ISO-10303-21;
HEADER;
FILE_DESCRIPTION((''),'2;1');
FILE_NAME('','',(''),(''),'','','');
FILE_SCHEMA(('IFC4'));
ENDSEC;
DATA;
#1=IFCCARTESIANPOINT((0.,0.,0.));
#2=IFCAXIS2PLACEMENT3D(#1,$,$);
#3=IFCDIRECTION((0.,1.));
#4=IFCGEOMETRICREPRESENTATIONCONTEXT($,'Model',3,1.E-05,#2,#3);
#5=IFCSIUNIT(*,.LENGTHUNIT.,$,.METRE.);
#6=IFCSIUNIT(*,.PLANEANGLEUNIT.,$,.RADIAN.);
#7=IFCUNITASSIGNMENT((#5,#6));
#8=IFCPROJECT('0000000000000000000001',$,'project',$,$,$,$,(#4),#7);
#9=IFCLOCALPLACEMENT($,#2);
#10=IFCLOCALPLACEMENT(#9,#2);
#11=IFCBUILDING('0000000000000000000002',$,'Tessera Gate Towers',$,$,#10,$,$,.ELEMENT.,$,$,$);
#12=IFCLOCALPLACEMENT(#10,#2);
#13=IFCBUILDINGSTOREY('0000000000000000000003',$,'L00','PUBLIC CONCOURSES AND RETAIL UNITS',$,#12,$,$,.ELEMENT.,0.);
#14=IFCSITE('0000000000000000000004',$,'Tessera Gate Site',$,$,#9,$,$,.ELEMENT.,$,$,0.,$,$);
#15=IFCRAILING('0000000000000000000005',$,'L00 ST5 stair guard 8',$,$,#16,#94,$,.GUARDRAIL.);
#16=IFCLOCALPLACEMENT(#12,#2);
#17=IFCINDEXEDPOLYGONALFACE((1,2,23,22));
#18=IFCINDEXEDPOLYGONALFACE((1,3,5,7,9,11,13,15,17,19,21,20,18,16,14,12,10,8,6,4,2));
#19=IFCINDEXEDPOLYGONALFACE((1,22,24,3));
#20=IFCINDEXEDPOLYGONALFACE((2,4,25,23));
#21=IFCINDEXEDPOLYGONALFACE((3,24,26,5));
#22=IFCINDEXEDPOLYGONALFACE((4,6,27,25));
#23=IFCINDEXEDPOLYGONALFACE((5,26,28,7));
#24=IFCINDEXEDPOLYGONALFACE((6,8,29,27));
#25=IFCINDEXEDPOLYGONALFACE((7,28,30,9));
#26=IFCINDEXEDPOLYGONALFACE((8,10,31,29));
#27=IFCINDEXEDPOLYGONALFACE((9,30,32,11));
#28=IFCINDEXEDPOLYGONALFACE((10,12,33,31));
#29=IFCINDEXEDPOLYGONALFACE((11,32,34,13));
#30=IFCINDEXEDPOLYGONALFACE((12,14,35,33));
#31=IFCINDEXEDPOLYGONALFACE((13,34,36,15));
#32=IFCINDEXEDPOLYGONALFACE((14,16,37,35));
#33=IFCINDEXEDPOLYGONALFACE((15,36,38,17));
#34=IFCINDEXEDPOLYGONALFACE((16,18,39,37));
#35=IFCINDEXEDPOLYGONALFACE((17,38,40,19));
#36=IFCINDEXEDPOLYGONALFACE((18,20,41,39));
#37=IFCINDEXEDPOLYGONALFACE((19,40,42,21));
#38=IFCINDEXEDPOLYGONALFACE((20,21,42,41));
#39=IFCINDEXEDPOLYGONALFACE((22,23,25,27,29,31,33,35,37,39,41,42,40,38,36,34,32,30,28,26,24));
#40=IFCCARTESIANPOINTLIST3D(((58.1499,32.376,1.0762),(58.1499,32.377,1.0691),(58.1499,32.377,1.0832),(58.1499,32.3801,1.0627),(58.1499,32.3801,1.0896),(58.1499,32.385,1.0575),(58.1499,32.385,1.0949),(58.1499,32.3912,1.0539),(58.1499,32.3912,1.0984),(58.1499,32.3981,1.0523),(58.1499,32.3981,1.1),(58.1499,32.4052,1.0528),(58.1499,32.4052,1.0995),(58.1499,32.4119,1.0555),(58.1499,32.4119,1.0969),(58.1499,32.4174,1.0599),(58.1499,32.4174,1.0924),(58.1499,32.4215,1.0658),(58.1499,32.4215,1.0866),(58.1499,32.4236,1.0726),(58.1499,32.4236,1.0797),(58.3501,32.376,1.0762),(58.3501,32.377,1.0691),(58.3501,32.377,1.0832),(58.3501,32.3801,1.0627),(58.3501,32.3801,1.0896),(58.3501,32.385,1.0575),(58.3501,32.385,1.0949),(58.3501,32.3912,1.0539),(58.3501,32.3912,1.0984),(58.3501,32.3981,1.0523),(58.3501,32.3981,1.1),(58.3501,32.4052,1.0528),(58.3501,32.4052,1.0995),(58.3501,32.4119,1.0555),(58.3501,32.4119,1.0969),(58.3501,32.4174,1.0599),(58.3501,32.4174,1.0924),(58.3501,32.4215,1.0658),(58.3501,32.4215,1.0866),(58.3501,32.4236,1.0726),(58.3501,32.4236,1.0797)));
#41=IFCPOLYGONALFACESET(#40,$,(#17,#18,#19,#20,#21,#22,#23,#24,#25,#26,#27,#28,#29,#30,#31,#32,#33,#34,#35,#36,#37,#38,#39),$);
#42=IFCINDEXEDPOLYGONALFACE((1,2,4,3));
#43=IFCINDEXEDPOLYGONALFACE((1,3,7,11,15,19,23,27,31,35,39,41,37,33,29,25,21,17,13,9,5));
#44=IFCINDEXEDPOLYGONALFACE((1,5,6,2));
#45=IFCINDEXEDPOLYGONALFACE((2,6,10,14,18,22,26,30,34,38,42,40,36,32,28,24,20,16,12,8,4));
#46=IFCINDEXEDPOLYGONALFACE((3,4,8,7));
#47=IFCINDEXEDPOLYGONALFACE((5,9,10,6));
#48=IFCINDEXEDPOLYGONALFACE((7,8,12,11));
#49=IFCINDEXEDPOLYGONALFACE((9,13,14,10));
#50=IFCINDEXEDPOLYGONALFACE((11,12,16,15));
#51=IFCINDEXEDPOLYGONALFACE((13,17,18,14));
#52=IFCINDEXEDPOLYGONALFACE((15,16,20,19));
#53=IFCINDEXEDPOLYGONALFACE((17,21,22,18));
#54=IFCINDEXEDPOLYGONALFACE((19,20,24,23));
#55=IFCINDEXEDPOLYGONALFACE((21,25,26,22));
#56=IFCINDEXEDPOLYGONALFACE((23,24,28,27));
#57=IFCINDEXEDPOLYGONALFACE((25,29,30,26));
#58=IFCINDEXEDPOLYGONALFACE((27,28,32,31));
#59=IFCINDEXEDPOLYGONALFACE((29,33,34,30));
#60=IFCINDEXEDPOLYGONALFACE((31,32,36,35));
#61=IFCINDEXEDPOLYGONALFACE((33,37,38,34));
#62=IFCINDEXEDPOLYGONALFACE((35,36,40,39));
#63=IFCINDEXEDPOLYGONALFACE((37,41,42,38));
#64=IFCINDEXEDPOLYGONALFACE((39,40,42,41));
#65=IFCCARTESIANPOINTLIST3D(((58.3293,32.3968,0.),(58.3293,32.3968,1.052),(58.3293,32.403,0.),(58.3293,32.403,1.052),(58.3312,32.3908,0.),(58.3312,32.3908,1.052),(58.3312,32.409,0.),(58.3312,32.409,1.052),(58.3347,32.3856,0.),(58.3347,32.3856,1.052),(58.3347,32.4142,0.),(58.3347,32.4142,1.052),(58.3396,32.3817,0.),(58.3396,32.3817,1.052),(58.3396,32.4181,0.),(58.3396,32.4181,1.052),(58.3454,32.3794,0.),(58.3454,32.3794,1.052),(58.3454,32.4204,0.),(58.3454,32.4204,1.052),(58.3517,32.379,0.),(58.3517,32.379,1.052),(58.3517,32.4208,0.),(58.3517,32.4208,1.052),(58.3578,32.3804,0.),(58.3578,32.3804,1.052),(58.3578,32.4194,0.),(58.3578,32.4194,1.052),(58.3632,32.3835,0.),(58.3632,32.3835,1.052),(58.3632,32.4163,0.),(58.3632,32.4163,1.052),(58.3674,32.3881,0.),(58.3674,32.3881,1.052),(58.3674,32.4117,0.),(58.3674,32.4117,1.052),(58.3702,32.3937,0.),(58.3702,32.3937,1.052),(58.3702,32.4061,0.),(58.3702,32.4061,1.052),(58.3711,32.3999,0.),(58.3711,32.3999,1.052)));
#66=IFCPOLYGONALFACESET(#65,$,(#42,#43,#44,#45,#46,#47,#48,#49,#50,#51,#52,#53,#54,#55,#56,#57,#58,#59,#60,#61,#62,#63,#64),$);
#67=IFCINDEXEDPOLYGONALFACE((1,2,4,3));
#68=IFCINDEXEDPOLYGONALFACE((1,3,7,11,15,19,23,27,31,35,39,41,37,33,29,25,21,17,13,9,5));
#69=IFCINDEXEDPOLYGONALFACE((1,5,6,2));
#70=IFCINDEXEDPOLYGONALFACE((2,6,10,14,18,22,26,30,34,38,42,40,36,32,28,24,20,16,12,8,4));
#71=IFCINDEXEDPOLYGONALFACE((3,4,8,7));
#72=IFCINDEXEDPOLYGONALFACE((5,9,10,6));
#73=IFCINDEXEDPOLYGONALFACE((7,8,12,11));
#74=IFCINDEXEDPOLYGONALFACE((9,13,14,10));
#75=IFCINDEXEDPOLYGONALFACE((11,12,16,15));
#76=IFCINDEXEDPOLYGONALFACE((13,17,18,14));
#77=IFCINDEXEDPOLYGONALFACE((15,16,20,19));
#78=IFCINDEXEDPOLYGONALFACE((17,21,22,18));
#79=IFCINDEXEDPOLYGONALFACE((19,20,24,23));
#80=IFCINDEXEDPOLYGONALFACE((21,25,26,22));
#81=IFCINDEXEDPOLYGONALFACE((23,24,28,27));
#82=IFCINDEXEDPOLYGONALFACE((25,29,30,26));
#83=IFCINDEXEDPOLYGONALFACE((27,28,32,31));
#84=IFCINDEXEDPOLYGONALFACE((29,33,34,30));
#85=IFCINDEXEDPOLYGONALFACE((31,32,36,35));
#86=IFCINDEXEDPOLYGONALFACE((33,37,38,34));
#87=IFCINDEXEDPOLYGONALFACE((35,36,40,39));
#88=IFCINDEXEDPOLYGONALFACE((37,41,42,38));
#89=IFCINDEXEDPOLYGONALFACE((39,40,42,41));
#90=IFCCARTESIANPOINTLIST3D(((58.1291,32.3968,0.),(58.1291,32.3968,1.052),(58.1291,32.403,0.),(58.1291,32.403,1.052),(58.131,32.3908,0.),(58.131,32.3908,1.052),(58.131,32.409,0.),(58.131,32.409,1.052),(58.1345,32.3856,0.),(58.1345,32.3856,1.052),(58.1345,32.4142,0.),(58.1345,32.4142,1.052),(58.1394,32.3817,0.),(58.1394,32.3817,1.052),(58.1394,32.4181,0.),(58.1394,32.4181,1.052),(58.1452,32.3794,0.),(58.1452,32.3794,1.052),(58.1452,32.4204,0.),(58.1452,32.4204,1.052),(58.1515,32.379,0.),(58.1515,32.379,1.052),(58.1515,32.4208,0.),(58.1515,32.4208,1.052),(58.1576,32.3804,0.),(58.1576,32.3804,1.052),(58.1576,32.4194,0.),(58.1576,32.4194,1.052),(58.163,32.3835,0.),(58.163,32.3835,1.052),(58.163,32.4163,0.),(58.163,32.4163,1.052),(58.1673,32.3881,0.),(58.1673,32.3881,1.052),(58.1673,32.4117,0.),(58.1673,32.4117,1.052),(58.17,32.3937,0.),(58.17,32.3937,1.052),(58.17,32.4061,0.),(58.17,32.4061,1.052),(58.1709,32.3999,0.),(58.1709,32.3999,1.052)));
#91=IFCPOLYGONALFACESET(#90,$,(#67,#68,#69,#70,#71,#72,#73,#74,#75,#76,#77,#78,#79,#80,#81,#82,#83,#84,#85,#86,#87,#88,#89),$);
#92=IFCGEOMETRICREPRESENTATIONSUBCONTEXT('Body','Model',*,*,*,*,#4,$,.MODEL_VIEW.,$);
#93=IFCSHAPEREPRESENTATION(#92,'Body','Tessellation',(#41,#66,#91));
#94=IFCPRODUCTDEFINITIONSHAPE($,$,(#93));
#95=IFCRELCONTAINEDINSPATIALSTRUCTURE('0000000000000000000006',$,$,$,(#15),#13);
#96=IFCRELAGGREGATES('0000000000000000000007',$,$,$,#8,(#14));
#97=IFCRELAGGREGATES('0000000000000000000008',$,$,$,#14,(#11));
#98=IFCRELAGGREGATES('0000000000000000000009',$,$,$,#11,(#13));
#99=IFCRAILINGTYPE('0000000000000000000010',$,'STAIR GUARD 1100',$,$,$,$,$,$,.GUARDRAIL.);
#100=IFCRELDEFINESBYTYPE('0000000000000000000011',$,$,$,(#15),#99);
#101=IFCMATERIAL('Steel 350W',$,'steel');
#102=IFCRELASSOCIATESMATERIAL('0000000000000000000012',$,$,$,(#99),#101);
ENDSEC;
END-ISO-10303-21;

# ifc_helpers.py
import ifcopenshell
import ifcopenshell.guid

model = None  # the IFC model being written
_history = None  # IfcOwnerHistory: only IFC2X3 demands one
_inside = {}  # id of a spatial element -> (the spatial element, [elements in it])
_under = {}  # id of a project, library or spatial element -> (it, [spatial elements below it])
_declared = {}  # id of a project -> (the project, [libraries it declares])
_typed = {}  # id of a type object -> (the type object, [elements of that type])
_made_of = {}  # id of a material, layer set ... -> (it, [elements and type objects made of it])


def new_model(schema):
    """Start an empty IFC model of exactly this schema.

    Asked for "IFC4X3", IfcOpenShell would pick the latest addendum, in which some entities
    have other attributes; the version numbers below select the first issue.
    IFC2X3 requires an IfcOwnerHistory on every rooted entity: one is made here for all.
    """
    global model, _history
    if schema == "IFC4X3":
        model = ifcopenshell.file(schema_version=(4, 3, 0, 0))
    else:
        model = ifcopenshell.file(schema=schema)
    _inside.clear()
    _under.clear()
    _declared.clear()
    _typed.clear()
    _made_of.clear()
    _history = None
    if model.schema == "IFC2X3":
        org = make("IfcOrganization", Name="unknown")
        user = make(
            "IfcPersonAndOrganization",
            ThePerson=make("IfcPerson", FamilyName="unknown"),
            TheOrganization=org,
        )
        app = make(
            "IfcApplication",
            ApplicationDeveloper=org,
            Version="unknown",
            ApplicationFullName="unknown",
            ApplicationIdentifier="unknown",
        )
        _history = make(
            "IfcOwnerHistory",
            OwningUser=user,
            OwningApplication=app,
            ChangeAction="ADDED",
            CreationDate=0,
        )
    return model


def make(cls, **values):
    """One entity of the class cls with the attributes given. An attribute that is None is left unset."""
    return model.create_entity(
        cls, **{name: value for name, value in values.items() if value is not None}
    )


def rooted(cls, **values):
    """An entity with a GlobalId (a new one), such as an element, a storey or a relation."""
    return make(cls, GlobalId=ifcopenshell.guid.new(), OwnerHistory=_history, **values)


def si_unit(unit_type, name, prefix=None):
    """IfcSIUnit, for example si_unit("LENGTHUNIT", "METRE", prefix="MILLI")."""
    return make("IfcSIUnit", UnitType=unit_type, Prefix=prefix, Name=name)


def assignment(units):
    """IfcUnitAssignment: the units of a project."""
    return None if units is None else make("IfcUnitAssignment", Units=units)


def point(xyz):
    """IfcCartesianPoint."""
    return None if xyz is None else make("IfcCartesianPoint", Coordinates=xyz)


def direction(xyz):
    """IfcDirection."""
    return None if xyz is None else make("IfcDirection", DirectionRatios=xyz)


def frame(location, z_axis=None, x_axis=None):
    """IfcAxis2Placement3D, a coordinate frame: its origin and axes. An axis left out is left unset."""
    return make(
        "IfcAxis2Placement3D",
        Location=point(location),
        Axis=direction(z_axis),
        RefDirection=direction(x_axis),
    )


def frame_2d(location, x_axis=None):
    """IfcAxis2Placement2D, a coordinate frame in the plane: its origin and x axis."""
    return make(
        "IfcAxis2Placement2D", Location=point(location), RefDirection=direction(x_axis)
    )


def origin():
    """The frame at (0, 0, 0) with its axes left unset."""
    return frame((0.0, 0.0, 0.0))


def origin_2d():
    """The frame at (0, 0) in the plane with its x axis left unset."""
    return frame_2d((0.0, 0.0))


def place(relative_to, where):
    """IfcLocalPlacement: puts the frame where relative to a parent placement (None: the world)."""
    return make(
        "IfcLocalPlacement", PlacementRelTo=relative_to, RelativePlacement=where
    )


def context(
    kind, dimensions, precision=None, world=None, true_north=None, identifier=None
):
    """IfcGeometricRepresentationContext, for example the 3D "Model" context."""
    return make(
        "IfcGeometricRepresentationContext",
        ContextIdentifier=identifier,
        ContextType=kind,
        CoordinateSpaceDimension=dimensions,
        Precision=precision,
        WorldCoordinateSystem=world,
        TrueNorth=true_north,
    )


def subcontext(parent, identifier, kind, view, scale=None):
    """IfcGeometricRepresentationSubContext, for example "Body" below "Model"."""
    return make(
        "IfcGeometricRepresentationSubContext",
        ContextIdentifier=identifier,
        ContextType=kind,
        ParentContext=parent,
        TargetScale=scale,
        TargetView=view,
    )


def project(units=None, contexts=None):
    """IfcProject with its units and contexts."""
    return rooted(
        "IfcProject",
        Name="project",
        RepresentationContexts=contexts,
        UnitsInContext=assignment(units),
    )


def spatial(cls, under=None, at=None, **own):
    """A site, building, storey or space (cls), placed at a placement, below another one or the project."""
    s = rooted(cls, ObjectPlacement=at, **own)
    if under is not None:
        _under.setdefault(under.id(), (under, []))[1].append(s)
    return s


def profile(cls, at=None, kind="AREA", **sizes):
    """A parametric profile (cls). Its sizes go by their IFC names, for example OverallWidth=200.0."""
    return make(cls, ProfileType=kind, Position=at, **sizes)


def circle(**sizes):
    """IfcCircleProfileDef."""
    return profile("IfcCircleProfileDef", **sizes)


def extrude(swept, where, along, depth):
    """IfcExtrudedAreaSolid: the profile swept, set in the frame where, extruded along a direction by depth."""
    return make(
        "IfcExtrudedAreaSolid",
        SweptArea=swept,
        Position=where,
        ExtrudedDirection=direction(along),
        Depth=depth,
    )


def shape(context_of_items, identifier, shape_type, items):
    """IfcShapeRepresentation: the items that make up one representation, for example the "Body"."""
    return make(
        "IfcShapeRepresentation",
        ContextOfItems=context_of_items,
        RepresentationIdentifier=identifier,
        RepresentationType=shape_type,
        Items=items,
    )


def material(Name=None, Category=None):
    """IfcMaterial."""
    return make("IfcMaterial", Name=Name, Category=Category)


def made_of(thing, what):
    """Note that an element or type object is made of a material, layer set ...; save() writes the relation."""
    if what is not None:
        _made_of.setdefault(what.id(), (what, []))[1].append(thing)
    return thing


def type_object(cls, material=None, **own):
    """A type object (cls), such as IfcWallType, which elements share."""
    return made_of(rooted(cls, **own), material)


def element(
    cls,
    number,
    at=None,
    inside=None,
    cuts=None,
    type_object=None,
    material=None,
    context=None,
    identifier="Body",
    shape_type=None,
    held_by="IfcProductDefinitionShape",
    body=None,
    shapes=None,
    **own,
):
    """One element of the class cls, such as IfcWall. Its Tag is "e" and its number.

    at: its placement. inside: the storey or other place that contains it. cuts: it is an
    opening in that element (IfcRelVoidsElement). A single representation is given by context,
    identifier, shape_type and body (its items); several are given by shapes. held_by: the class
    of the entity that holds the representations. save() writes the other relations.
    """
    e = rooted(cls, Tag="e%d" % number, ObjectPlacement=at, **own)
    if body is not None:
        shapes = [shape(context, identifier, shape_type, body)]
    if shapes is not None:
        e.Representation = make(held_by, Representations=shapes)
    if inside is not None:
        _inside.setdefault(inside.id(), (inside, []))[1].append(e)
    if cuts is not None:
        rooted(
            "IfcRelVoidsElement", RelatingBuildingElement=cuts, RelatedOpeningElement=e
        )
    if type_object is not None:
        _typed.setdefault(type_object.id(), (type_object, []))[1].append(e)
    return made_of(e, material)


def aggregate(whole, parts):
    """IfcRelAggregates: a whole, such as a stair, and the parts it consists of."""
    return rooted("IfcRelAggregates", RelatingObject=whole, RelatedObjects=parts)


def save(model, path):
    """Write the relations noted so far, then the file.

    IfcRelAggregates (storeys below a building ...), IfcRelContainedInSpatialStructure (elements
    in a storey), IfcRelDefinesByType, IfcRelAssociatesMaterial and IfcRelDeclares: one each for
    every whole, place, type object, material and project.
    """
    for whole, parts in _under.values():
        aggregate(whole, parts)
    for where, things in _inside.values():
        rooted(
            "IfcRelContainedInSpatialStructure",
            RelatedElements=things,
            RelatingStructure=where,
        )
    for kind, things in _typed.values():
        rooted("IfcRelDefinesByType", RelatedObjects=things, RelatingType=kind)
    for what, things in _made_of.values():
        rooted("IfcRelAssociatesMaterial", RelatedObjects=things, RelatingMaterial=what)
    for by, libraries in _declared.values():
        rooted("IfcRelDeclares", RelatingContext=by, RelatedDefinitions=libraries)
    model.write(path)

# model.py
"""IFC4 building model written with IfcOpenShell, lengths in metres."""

from ifc_helpers import new_model, si_unit, direction, frame, origin, origin_2d, place, context, subcontext, project, spatial, circle, extrude, material, type_object, element, save


model = new_model("IFC4")

# Units and contexts
model_context = context("Model", 3, precision=1e-05, world=origin(), true_north=direction((0.0, 1.0)))
body_context = subcontext(model_context, "Body", "Model", "MODEL_VIEW")
ifc_project = project(units=[si_unit("LENGTHUNIT", "METRE"), si_unit("PLANEANGLEUNIT", "RADIAN")], contexts=[model_context])

# Site, building, storey
site_placement = place(None, origin())
site = spatial("IfcSite", under=ifc_project, at=site_placement, Name="Tessera Gate Site", CompositionType="ELEMENT", RefElevation=0.0)
building_placement = place(site_placement, origin())
building = spatial("IfcBuilding", under=site, at=building_placement, Name="Tessera Gate Towers", CompositionType="ELEMENT")
storey_placement = place(building_placement, origin())
storey = spatial("IfcBuildingStorey", under=building, at=storey_placement, Name="L00", Description="PUBLIC CONCOURSES AND RETAIL UNITS", CompositionType="ELEMENT", Elevation=0.0)

# Railing
ifc_material_1 = material(Name="Steel 350W", Category="steel")
railing_type_1 = type_object("IfcRailingType", Name="STAIR GUARD 1100", PredefinedType="GUARDRAIL", material=ifc_material_1)
railing_1_placement = place(storey_placement, frame((58.3501, 32.3999, 0.0)))
element("IfcRailing", 1, at=railing_1_placement, inside=storey, type_object=railing_type_1, Name="L00 ST5 stair guard 8", PredefinedType="GUARDRAIL", context=body_context, shape_type="SweptSolid", body=[
    extrude(circle(Radius=0.0239, at=origin_2d()), frame((0.0, 0.0, 1.0762), z_axis=(-1.0, 0.0, 0.0), x_axis=(0.0, -1.0, 0.0)), (0.0, 0.0, 1.0), 0.2002),
    extrude(circle(Radius=0.021, at=origin_2d()), origin(), (0.0, 0.0, 1.0), 1.052),
    extrude(circle(Radius=0.021, at=origin_2d()), frame((-0.2002, 0.0, 0.0)), (0.0, 0.0, 1.0), 1.052),
])

save(model, "model.ifc")
